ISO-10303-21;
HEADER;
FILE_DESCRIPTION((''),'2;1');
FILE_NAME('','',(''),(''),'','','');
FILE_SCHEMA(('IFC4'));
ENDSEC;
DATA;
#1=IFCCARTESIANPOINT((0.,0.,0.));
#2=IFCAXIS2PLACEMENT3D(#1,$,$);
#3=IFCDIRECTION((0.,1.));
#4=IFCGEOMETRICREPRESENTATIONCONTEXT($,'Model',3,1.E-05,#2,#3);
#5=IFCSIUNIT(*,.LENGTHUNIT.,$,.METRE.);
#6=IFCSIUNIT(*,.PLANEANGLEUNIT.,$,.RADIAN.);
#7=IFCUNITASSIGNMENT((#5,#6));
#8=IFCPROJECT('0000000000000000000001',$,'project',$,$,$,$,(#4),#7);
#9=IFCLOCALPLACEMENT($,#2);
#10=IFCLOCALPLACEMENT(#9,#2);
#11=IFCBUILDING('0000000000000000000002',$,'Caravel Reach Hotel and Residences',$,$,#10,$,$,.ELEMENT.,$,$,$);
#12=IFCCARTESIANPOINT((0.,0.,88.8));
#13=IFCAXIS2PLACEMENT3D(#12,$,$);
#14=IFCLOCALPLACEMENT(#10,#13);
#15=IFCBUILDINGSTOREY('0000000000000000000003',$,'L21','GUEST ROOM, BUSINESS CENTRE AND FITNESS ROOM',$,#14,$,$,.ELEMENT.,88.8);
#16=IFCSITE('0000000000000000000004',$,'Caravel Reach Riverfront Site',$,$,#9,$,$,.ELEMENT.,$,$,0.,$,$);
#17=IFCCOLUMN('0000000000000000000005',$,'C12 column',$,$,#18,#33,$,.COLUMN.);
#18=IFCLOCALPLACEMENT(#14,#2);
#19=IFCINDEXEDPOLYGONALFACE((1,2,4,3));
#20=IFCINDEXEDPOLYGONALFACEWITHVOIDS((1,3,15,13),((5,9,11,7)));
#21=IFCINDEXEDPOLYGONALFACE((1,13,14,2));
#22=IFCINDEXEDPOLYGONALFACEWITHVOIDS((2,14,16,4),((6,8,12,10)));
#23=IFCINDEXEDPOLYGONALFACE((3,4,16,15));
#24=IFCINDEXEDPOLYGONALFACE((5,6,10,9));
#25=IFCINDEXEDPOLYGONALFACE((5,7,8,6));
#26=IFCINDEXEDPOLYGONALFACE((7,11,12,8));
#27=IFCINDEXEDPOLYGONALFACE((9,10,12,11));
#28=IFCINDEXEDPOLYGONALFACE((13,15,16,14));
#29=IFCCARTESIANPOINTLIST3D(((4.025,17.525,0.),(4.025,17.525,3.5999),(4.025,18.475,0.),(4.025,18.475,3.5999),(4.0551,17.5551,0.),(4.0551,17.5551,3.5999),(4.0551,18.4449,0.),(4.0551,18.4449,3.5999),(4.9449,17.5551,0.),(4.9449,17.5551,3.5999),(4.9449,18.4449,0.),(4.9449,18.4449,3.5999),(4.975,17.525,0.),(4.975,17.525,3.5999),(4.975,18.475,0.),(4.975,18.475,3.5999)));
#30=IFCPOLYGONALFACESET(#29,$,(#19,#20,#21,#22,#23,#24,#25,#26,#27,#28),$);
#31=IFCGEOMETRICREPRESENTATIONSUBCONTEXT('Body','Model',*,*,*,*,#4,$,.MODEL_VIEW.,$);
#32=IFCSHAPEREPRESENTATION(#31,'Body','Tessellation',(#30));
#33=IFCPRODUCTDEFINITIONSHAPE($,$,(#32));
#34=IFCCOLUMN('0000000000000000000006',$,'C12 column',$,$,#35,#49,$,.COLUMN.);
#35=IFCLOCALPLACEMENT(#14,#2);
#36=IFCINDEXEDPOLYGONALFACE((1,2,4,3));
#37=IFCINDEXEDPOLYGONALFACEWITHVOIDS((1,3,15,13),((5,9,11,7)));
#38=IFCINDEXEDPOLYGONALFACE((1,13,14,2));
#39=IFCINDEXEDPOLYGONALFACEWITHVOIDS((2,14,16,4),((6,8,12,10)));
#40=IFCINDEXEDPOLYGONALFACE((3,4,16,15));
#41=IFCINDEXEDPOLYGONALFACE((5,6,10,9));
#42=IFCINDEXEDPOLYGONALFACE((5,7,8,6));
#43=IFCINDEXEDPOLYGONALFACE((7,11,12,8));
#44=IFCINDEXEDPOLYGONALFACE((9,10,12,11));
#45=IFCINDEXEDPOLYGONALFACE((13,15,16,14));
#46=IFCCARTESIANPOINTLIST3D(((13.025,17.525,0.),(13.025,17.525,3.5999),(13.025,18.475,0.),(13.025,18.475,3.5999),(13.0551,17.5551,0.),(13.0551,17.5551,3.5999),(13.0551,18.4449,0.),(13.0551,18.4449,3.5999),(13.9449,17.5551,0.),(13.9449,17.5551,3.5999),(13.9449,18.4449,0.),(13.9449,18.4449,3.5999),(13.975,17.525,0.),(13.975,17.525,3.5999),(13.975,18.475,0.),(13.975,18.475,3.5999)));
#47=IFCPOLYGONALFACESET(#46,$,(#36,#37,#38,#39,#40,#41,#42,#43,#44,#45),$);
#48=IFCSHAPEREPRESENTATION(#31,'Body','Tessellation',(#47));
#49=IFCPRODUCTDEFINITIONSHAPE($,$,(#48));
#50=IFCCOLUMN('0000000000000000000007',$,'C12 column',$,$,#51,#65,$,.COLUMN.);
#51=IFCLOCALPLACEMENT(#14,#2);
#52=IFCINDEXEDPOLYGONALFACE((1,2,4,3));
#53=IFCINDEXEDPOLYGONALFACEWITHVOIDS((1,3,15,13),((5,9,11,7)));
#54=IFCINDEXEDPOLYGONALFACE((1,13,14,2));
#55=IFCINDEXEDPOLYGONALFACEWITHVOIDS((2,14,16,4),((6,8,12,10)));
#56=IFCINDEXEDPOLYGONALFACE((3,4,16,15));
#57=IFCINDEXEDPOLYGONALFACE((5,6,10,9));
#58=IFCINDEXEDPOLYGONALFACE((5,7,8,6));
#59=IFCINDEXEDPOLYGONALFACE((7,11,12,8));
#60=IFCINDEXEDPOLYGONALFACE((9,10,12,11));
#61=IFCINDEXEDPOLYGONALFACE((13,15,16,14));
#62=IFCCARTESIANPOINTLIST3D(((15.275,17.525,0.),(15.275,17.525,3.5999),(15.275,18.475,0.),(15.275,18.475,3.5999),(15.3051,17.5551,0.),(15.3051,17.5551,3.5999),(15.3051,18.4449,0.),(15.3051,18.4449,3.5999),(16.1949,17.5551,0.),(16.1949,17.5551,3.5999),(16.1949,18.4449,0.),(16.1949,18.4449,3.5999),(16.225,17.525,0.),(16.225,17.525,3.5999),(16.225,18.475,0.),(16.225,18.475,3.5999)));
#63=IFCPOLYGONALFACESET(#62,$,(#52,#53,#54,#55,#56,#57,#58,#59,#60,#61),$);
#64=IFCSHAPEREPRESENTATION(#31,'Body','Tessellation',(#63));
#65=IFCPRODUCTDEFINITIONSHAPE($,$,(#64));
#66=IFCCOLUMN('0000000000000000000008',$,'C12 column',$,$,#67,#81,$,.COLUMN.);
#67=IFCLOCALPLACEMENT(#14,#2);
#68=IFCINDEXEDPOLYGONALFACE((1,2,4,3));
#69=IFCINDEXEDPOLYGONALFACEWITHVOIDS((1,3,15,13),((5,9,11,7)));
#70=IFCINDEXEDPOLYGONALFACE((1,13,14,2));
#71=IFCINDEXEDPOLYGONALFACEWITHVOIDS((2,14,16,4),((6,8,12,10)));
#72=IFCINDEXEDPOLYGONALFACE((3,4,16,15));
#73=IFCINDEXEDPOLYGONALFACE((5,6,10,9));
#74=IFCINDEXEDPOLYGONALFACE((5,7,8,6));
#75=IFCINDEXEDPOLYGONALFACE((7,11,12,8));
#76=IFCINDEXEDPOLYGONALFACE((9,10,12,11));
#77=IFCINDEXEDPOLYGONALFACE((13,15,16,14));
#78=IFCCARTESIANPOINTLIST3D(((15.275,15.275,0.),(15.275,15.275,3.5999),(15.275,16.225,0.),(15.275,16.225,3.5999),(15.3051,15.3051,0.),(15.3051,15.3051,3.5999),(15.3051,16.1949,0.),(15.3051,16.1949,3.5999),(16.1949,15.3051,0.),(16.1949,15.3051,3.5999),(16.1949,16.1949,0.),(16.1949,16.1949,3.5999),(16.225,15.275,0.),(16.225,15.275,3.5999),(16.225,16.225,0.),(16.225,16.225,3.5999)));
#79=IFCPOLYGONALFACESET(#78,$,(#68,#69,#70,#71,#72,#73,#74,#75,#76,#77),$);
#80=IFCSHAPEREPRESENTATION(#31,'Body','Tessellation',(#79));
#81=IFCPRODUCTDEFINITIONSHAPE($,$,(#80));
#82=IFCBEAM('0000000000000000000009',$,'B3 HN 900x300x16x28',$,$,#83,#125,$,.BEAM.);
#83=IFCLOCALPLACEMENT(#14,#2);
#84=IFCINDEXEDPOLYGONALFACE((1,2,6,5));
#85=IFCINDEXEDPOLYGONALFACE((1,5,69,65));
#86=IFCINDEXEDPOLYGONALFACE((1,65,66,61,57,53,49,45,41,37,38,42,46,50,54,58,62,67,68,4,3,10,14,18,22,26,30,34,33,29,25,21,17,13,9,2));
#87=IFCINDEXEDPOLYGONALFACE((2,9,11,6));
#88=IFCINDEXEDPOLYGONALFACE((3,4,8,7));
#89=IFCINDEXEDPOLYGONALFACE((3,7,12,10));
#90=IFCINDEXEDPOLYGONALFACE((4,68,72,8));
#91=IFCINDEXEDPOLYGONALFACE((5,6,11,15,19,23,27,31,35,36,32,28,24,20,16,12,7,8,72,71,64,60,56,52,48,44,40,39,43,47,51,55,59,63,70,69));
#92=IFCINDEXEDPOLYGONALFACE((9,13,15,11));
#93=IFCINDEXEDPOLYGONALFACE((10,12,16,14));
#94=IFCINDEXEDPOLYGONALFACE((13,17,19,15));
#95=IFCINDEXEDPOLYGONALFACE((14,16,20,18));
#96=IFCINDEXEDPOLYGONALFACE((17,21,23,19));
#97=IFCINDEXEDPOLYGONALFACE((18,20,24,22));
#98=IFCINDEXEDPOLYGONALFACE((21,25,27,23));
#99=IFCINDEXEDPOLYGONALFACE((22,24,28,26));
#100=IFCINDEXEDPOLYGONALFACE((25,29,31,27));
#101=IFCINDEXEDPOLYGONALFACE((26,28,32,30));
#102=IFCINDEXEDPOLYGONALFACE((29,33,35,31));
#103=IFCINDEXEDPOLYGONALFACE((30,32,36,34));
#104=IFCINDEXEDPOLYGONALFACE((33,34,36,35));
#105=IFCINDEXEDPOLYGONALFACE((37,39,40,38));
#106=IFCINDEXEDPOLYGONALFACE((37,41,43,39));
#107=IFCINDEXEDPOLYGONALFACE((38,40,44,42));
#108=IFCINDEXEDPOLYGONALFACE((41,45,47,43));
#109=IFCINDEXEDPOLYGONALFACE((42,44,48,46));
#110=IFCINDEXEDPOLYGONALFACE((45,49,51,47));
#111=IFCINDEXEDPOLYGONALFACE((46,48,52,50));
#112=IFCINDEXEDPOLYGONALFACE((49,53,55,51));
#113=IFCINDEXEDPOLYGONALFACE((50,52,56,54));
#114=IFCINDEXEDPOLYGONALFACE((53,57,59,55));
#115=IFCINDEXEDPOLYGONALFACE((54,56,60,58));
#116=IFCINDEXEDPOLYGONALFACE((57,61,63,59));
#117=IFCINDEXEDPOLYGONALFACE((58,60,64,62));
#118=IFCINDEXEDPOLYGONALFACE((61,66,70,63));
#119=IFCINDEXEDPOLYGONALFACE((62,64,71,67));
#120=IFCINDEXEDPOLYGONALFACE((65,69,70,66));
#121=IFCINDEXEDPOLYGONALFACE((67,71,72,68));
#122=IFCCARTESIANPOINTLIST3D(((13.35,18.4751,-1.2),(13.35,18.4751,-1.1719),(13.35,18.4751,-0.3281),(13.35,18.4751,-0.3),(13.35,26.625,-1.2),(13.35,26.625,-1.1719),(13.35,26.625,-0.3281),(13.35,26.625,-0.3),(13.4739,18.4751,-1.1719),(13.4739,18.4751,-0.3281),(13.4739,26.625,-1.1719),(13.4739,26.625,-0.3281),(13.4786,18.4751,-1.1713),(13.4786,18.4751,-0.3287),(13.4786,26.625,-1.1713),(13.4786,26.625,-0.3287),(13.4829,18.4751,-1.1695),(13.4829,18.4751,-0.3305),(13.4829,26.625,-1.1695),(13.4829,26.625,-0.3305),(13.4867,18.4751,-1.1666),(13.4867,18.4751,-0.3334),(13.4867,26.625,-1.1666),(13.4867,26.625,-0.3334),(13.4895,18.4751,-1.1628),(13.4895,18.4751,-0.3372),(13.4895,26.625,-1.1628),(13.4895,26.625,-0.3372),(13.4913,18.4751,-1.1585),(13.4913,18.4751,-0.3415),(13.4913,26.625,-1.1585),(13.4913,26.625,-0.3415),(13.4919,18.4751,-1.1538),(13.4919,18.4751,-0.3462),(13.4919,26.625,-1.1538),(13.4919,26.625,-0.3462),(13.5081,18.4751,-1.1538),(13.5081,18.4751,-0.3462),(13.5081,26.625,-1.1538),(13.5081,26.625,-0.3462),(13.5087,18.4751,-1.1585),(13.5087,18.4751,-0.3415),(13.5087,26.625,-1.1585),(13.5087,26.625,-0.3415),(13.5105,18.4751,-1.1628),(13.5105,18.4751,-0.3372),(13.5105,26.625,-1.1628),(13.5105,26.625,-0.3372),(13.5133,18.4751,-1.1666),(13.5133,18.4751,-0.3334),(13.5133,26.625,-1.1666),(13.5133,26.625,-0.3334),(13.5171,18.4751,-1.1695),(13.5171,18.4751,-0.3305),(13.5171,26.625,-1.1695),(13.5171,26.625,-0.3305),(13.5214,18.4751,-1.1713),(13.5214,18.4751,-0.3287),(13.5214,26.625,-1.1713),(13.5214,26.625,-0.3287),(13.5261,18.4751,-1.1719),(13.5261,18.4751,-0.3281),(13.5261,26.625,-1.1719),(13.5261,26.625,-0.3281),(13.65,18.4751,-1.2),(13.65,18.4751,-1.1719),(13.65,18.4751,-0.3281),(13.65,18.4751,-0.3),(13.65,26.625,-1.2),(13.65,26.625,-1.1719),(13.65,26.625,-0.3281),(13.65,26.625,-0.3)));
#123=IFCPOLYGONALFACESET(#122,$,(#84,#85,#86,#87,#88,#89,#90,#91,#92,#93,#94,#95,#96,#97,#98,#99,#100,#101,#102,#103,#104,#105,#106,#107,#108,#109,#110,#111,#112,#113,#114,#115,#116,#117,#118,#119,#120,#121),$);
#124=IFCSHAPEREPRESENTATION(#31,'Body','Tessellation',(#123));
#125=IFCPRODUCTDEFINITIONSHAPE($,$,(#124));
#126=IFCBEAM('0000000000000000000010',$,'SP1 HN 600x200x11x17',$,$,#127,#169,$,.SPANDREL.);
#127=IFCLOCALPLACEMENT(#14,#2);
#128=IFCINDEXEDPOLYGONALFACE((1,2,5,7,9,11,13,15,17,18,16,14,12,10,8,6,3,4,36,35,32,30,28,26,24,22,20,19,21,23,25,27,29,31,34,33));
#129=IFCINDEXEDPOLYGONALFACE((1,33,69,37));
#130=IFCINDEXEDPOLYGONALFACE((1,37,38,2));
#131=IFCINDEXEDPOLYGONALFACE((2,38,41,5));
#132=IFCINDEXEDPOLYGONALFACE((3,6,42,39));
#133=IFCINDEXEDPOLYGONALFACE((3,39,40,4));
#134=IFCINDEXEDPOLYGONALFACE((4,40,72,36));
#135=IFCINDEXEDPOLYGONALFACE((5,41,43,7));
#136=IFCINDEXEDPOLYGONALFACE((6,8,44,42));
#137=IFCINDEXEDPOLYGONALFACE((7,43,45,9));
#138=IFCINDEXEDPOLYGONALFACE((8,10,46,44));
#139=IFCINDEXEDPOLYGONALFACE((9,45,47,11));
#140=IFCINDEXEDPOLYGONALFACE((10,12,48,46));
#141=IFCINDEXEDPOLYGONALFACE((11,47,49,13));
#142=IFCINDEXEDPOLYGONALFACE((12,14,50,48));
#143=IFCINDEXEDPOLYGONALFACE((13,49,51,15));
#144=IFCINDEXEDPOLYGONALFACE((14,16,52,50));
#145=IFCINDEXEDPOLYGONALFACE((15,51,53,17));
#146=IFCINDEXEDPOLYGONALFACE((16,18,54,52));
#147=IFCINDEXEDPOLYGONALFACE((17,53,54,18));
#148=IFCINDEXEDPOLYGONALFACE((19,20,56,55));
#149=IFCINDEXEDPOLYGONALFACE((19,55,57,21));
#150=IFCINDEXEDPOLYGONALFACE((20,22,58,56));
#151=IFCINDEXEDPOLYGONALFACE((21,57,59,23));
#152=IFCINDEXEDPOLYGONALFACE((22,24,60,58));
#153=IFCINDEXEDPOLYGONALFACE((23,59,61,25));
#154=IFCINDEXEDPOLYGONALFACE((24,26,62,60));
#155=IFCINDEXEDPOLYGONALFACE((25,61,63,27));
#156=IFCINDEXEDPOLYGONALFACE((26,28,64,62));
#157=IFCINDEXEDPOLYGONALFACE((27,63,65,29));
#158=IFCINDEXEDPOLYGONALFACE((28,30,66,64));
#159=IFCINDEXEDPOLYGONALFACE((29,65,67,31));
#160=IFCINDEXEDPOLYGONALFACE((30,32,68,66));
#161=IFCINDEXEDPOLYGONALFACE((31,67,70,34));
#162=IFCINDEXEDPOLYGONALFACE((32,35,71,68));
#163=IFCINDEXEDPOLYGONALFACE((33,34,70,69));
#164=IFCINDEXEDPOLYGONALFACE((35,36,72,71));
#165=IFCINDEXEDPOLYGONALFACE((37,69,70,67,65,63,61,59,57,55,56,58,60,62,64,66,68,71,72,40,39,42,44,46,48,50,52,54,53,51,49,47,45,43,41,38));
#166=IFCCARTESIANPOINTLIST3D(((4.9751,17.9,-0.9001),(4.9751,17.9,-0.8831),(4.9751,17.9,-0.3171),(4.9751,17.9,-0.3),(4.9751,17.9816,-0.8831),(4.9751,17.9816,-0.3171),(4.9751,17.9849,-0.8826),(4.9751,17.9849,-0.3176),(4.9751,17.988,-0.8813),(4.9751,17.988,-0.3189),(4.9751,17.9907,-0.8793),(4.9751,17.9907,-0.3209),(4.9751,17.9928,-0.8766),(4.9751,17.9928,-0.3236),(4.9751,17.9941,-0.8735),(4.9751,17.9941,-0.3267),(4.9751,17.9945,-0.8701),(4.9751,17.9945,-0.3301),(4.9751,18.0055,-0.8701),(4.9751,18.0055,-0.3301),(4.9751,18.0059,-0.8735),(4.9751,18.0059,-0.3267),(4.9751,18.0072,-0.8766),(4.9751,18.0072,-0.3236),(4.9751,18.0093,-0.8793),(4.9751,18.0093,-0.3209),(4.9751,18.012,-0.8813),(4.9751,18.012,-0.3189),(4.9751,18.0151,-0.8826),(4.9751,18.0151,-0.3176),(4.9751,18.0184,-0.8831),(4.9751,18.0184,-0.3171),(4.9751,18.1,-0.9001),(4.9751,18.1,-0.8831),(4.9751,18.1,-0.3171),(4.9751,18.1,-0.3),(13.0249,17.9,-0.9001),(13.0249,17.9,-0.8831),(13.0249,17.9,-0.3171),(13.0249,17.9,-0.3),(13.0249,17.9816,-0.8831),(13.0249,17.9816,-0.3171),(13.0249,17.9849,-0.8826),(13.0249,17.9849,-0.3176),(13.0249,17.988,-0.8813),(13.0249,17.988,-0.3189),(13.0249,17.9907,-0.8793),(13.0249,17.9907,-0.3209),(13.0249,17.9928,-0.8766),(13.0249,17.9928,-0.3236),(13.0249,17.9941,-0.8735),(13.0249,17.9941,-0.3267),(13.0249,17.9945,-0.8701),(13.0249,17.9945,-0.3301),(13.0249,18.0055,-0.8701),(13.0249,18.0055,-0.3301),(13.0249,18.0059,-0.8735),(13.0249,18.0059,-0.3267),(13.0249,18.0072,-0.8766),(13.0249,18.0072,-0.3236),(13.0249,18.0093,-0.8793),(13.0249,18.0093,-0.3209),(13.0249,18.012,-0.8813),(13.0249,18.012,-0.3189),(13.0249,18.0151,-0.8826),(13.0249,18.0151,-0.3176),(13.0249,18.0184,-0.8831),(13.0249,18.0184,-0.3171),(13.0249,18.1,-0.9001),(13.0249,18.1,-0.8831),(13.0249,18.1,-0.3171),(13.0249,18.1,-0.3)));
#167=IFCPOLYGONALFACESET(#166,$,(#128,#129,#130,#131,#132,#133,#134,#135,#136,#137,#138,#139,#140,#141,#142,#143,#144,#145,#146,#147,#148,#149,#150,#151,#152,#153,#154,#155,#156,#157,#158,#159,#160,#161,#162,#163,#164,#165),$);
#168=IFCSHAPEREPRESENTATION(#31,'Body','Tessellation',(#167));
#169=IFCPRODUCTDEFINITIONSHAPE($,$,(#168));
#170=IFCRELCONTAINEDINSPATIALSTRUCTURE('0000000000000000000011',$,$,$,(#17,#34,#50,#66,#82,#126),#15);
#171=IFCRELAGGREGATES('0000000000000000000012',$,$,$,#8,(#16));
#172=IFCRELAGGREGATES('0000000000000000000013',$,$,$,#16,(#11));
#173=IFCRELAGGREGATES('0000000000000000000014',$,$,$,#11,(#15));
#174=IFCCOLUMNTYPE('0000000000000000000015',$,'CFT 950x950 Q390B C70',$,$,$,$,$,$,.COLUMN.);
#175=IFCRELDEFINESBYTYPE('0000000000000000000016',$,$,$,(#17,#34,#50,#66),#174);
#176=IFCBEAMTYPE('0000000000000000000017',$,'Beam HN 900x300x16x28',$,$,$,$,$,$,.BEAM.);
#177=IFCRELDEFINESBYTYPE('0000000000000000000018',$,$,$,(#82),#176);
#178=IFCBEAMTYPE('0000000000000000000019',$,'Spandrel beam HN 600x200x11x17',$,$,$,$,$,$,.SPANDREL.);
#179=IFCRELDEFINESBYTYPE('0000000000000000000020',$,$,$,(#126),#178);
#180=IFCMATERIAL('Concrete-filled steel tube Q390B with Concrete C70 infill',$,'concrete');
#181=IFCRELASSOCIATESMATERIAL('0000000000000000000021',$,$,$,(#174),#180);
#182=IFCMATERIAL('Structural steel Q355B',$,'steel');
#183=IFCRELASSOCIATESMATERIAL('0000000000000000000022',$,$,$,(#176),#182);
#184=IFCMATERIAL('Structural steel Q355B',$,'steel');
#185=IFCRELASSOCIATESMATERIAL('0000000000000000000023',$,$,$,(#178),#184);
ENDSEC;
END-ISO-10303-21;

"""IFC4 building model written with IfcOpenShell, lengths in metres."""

from ifc_helpers import new_model, si_unit, direction, frame, origin, origin_2d, place, context, subcontext, project, spatial, hollow_rectangle, i_section, extrude, material, material_profile, profile_set, type_object, element, save


model = new_model("IFC4")

# Units and contexts
model_context = context("Model", 3, precision=1e-05, world=origin(), true_north=direction((0.0, 1.0)))
body_context = subcontext(model_context, "Body", "Model", "MODEL_VIEW")
ifc_project = project(units=[si_unit("LENGTHUNIT", "METRE"), si_unit("PLANEANGLEUNIT", "RADIAN")], contexts=[model_context])

# Site, building, storey
site_placement = place(None, origin())
site = spatial("IfcSite", under=ifc_project, at=site_placement, Name="Caravel Reach Riverfront Site", CompositionType="ELEMENT", RefElevation=0.0)
building_placement = place(site_placement, origin())
building = spatial("IfcBuilding", under=site, at=building_placement, Name="Caravel Reach Hotel and Residences", CompositionType="ELEMENT")
storey_placement = place(building_placement, frame((0.0, 0.0, 88.8)))
storey = spatial("IfcBuildingStorey", under=building, at=storey_placement, Name="L21", Description="GUEST ROOM, BUSINESS CENTRE AND FITNESS ROOM", CompositionType="ELEMENT", Elevation=88.8)

# Columns
ifc_material_1 = material(Name="Concrete-filled steel tube Q390B with Concrete C70 infill", Category="concrete")
ifc_material_profile_1 = material_profile(ifc_material_1, hollow_rectangle(XDim=0.95, YDim=0.95, WallThickness=0.03, at=origin_2d()), Name="RHS 950x950x30")
ifc_profile_set_1 = profile_set([ifc_material_profile_1], Name="Concrete-filled steel tube Q390B with Concrete C70 infill")
column_type = type_object("IfcColumnType", Name="CFT 950x950 Q390B C70", PredefinedType="COLUMN", material=ifc_profile_set_1)
for number, where, z_axis, x_axis, name in (
    (1, (4.5, 18.0, 0.0), (0.0, 0.0, 1.0), (1.0, 0.0, 0.0), "C12 column"),
    (2, (13.5, 18.0, 0.0), (0.0, 0.0, 1.0), (1.0, 0.0, 0.0), "C12 column"),
    (3, (15.75, 18.0, 0.0), (0.0, 0.0, 1.0), (1.0, 0.0, 0.0), "C12 column"),
    (4, (15.75, 15.75, 0.0), (0.0, 0.0, 1.0), (1.0, 0.0, 0.0), "C12 column"),
):
    element("IfcColumn", number, at=place(storey_placement, frame(where, z_axis=z_axis, x_axis=x_axis)), inside=storey, type_object=column_type, Name=name, PredefinedType="COLUMN", context=body_context, shape_type="SweptSolid", body=[
        extrude(hollow_rectangle(XDim=0.95, YDim=0.95, WallThickness=0.03, at=origin_2d()), origin(), (0.0, 0.0, 1.0), 3.5999),
    ])

# Beams
ifc_material_2 = material(Name="Structural steel Q355B", Category="steel")
ifc_material_profile_2 = material_profile(ifc_material_2, i_section(OverallWidth=0.3, OverallDepth=0.8999, WebThickness=0.0161, FlangeThickness=0.0281, FilletRadius=0.0181, at=origin_2d()), Name="HN 900x300x16x28")
ifc_profile_set_2 = profile_set([ifc_material_profile_2], Name="Structural steel Q355B")
beam_type_1 = type_object("IfcBeamType", Name="Beam HN 900x300x16x28", PredefinedType="BEAM", material=ifc_profile_set_2)
beam_1_placement = place(storey_placement, frame((13.5, 18.4751, -0.75), z_axis=(0.0, 1.0, 0.0), x_axis=(-1.0, 0.0, 0.0)))
element("IfcBeam", 5, at=beam_1_placement, inside=storey, type_object=beam_type_1, Name="B3 HN 900x300x16x28", PredefinedType="BEAM", context=body_context, shape_type="SweptSolid", body=[
    extrude(i_section(OverallWidth=0.3, OverallDepth=0.8999, WebThickness=0.0161, FlangeThickness=0.0281, FilletRadius=0.0181, at=origin_2d()), origin(), (0.0, 0.0, 1.0), 8.1499),
])
ifc_material_3 = material(Name="Structural steel Q355B", Category="steel")
ifc_material_profile_3 = material_profile(ifc_material_3, i_section(OverallWidth=0.2, OverallDepth=0.6001, WebThickness=0.011, FlangeThickness=0.0171, FilletRadius=0.0129, at=origin_2d()), Name="HN 600x200x11x17")
ifc_profile_set_3 = profile_set([ifc_material_profile_3], Name="Structural steel Q355B")
beam_type_2 = type_object("IfcBeamType", Name="Spandrel beam HN 600x200x11x17", PredefinedType="SPANDREL", material=ifc_profile_set_3)
beam_2_placement = place(storey_placement, frame((4.9751, 18.0, -0.6001), z_axis=(1.0, 0.0, 0.0), x_axis=(0.0, 1.0, 0.0)))
element("IfcBeam", 6, at=beam_2_placement, inside=storey, type_object=beam_type_2, Name="SP1 HN 600x200x11x17", PredefinedType="SPANDREL", context=body_context, shape_type="SweptSolid", body=[
    extrude(i_section(OverallWidth=0.2, OverallDepth=0.6001, WebThickness=0.011, FlangeThickness=0.0171, FilletRadius=0.0129, at=origin_2d()), origin(), (0.0, 0.0, 1.0), 8.0498),
])

save(model, "model.ifc")
